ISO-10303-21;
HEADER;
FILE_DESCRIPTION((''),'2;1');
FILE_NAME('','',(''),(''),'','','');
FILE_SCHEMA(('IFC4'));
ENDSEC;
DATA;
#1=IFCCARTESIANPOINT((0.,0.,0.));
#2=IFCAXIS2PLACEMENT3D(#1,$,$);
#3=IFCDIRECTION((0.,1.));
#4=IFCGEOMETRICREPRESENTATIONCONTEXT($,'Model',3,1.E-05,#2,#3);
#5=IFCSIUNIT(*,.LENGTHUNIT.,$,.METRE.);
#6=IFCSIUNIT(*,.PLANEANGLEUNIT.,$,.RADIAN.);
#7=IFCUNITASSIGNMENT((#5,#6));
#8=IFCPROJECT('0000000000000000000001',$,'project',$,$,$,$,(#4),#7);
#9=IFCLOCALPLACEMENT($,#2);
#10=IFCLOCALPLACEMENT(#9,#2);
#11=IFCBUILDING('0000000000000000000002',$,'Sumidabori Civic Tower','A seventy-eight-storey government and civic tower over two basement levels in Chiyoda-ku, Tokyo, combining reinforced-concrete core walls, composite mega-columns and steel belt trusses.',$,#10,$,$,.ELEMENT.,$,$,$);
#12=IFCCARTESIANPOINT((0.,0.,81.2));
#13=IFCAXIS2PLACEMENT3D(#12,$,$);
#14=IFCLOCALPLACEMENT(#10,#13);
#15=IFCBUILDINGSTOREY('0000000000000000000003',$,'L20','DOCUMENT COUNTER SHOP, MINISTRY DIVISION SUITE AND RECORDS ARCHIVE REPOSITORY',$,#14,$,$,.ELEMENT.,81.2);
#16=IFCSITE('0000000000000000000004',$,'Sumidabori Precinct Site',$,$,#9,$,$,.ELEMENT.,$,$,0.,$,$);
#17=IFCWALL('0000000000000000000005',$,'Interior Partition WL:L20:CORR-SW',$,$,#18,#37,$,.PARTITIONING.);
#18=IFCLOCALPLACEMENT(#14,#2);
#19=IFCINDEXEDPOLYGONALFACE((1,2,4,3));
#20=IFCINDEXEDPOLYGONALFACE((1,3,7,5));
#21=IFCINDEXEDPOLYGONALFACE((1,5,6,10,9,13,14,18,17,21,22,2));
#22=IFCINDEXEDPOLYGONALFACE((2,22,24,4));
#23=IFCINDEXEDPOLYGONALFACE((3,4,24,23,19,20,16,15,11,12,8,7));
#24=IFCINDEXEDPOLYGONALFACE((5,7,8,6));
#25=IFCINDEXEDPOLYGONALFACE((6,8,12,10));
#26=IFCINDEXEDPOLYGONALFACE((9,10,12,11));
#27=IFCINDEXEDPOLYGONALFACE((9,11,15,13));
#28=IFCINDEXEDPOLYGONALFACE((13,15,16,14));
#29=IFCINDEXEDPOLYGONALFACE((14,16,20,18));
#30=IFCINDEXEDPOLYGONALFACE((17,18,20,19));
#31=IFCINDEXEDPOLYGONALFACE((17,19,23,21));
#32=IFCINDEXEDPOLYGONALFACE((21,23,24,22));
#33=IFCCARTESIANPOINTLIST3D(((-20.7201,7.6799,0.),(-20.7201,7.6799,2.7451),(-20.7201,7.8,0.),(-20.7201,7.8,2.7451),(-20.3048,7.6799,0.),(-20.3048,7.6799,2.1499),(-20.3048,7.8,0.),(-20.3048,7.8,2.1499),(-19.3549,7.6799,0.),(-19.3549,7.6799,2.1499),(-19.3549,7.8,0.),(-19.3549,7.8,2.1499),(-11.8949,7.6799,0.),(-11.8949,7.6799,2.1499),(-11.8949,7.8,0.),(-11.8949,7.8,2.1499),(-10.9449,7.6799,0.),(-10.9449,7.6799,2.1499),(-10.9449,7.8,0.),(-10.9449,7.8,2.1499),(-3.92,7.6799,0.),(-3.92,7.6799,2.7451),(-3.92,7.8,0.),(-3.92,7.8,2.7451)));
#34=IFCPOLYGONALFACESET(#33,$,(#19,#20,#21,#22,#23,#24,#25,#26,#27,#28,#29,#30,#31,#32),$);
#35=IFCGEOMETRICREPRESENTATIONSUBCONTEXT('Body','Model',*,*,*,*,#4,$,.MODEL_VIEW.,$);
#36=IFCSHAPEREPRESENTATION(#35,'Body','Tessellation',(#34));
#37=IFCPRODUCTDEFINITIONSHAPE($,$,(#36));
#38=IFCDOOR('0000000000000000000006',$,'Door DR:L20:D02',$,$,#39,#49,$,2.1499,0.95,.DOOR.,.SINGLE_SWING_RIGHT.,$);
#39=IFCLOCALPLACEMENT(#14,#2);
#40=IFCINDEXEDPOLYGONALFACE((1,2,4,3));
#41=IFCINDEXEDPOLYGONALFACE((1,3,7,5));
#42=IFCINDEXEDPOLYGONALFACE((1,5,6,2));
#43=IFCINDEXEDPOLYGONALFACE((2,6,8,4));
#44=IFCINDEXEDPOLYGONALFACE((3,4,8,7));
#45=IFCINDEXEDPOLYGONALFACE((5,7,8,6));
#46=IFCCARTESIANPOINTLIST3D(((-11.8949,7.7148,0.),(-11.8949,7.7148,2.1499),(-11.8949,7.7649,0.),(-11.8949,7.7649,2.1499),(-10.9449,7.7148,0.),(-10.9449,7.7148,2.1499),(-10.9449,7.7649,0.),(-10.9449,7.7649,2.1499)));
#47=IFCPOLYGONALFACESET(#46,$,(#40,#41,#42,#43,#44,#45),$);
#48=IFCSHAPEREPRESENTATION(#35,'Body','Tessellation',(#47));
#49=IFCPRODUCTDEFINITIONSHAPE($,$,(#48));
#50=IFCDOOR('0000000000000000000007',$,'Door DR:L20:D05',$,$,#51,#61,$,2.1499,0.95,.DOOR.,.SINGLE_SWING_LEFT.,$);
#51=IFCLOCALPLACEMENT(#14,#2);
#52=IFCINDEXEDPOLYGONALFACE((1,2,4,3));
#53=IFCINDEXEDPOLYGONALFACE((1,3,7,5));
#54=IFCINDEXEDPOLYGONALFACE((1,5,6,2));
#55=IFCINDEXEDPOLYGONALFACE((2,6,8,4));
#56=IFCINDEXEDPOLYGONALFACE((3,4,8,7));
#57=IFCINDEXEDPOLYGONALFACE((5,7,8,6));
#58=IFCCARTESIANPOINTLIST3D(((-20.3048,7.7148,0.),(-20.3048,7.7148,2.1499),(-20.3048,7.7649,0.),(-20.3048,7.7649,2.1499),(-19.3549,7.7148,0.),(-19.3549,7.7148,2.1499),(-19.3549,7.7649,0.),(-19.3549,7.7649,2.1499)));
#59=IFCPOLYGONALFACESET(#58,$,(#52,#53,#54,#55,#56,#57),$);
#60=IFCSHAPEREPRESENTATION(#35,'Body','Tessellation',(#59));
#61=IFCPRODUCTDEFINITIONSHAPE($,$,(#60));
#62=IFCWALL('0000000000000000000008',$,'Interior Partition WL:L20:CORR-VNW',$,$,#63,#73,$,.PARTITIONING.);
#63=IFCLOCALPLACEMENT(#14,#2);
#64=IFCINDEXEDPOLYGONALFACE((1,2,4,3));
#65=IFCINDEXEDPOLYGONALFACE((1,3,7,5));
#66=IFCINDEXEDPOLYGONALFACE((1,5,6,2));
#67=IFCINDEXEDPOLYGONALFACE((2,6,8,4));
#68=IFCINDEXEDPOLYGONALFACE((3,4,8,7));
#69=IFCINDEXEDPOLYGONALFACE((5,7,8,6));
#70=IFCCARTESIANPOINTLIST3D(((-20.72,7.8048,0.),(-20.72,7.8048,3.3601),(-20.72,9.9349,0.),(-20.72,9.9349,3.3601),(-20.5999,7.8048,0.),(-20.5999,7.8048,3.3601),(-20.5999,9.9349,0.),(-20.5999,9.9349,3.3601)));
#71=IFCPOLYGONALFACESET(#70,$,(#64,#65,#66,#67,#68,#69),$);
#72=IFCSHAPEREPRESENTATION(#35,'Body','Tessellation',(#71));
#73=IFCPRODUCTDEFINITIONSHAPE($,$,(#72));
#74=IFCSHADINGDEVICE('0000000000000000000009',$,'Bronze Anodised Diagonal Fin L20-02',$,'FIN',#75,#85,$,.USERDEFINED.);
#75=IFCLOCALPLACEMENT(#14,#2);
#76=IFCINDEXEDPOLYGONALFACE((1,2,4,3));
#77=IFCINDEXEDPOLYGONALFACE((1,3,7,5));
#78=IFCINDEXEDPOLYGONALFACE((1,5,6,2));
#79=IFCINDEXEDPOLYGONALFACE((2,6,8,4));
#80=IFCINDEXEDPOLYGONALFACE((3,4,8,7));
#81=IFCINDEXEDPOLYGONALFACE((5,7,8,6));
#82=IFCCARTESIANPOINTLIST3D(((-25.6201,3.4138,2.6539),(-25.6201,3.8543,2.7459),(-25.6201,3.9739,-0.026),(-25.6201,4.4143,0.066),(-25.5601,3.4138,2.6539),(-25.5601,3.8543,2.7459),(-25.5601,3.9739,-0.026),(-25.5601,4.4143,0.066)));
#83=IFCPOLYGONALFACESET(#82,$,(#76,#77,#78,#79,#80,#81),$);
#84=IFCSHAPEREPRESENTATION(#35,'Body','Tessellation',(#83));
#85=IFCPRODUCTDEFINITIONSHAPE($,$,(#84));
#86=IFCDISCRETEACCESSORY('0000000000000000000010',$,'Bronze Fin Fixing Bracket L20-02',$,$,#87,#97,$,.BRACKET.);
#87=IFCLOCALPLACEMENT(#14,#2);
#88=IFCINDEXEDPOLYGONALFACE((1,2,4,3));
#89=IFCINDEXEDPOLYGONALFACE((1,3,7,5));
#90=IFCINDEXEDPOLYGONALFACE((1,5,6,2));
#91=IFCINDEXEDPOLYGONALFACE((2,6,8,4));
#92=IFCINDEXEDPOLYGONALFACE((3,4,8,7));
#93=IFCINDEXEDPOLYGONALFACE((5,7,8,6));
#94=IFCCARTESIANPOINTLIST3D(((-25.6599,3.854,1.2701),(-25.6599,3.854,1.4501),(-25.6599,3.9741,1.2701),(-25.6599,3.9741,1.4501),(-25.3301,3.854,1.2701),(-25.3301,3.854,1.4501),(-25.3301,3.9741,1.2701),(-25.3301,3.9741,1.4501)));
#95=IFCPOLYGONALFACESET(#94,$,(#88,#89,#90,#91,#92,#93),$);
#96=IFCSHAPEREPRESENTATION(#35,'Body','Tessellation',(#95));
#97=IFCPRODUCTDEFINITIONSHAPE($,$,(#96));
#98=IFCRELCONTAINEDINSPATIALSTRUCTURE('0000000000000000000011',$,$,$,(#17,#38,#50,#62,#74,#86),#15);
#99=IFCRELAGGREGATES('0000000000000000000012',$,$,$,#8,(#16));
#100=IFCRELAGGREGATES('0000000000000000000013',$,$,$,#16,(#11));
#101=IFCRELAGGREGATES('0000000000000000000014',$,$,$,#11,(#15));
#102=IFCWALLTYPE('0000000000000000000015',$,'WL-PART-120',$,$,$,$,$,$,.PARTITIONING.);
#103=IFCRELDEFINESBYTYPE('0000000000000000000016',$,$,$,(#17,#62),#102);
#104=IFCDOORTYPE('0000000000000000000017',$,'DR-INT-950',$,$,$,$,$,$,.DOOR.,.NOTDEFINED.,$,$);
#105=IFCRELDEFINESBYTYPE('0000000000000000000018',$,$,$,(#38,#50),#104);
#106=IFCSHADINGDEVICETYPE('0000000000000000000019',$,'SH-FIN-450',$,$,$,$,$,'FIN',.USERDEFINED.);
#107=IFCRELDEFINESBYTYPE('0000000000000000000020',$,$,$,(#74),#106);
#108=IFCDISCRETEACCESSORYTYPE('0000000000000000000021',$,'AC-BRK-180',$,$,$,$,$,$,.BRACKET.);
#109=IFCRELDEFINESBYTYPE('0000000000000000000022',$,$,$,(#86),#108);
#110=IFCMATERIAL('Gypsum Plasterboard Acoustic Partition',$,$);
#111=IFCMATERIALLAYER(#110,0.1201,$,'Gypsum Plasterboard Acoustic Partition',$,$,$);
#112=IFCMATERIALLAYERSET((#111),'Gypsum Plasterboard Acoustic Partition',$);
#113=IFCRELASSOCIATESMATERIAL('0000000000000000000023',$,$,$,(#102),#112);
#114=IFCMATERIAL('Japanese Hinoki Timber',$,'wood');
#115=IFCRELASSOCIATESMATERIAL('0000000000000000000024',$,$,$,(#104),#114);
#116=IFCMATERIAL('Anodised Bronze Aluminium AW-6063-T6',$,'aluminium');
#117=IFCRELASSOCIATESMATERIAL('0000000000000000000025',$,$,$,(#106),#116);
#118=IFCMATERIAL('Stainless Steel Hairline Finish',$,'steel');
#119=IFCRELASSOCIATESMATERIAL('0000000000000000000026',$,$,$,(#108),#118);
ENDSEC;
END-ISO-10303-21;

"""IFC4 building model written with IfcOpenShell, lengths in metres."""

from ifc_helpers import new_model, si_unit, direction, frame, frame_2d, origin, origin_2d, place, context, subcontext, project, spatial, rectangle, extrude, source, transform, mapped, material, layer, layer_set, material_profile, profile_set, type_object, element, fill, save


model = new_model("IFC4")

# Units and contexts
model_context = context("Model", 3, precision=1e-05, world=origin(), true_north=direction((0.0, 1.0)))
body_context = subcontext(model_context, "Body", "Model", "MODEL_VIEW")
ifc_project = project(units=[si_unit("LENGTHUNIT", "METRE"), si_unit("PLANEANGLEUNIT", "RADIAN")], contexts=[model_context])

# Site, building, storey
site_placement = place(None, origin())
site = spatial("IfcSite", under=ifc_project, at=site_placement, Name="Sumidabori Precinct Site", CompositionType="ELEMENT", RefElevation=0.0)
building_placement = place(site_placement, origin())
building = spatial("IfcBuilding", under=site, at=building_placement, Name="Sumidabori Civic Tower", Description="A seventy-eight-storey government and civic tower over two basement levels in Chiyoda-ku, Tokyo, combining reinforced-concrete core walls, composite mega-columns and steel belt trusses.", CompositionType="ELEMENT")
storey_placement = place(building_placement, frame((0.0, 0.0, 81.2)))
storey = spatial("IfcBuildingStorey", under=building, at=storey_placement, Name="L20", Description="DOCUMENT COUNTER SHOP, MINISTRY DIVISION SUITE AND RECORDS ARCHIVE REPOSITORY", CompositionType="ELEMENT", Elevation=81.2)

# Shared definitions
ifc_material_1 = material(Name="Anodised Bronze Aluminium AW-6063-T6", Category="aluminium")

# Shared definitions
ifc_material_2 = material(Name="Gypsum Plasterboard Acoustic Partition")
ifc_layer_1 = layer(ifc_material_2, 0.1201, Name="Gypsum Plasterboard Acoustic Partition")
ifc_layer_set_1 = layer_set([ifc_layer_1], Name="Gypsum Plasterboard Acoustic Partition")
wall_type = type_object("IfcWallType", Name="WL-PART-120", PredefinedType="PARTITIONING", material=ifc_layer_set_1)

# Shared definitions
ifc_material_3 = material(Name="Japanese Hinoki Timber", Category="wood")

# Wall, openings, doors
shared_shape_1 = source(origin(), body_context, "Body", "SweptSolid", [
    extrude(rectangle(XDim=16.8, YDim=0.1201, at=frame_2d((8.3999, 0.0))), origin(), (0.0, 0.0, 1.0), 2.7451),
])
wall_1_placement = place(storey_placement, frame((-20.72, 7.74, 0.0), z_axis=(0.0, 0.0, 1.0), x_axis=(1.0, 0.0, 0.0)))
wall_1 = element("IfcWall", 1, at=wall_1_placement, inside=storey, type_object=wall_type, Name="Interior Partition WL:L20:CORR-SW", PredefinedType="PARTITIONING", context=body_context, shape_type="MappedRepresentation", body=[
    mapped(shared_shape_1, transform((0.0, 0.0, 0.0), x_axis=(1.0, 0.0, 0.0), y_axis=(0.0, 1.0, 0.0), z_axis=(0.0, 0.0, 1.0), scale=1.0)),
])
opening_1_placement = place(wall_1_placement, frame((8.825, 0.0, 0.0)))
opening_1 = element("IfcOpeningElement", 2, at=opening_1_placement, cuts=wall_1, PredefinedType="OPENING", context=body_context, shape_type="SweptSolid", body=[
    extrude(rectangle(XDim=0.95, YDim=2.1499, at=frame_2d((0.4751, 1.075))), frame((0.0, 0.072, 0.0), z_axis=(0.0, -1.0, 0.0), x_axis=(1.0, 0.0, 0.0)), (0.0, 0.0, 1.0), 0.144),
])
opening_2_placement = place(wall_1_placement, frame((0.415, 0.0, 0.0)))
opening_2 = element("IfcOpeningElement", 3, at=opening_2_placement, cuts=wall_1, PredefinedType="OPENING", context=body_context, shape_type="SweptSolid", body=[
    extrude(rectangle(XDim=0.95, YDim=2.1499, at=frame_2d((0.4751, 1.075))), frame((0.0, 0.072, 0.0), z_axis=(0.0, -1.0, 0.0), x_axis=(1.0, 0.0, 0.0)), (0.0, 0.0, 1.0), 0.144),
])
door_type_1 = type_object("IfcDoorType", Name="DR-INT-950", OperationType="NOTDEFINED", PredefinedType="DOOR", material=ifc_material_3)
shared_shape_2 = source(origin(), body_context, "Body", "SweptSolid", [
    extrude(rectangle(XDim=0.95, YDim=2.1499, at=frame_2d((0.4751, 1.075))), frame((0.0, 0.0249, 0.0), z_axis=(0.0, -1.0, 0.0), x_axis=(1.0, 0.0, 0.0)), (0.0, 0.0, 1.0), 0.05),
])
door_1_placement = place(opening_1_placement, origin())
door_1 = element("IfcDoor", 4, at=door_1_placement, inside=storey, type_object=door_type_1, Name="Door DR:L20:D02", OperationType="SINGLE_SWING_RIGHT", OverallHeight=2.1499, OverallWidth=0.95, PredefinedType="DOOR", context=body_context, shape_type="MappedRepresentation", body=[
    mapped(shared_shape_2, transform((0.0, 0.0, 0.0), x_axis=(1.0, 0.0, 0.0), y_axis=(0.0, 1.0, 0.0), z_axis=(0.0, 0.0, 1.0), scale=1.0)),
])
fill(opening_1, door_1)
door_2_placement = place(opening_2_placement, origin())
door_2 = element("IfcDoor", 5, at=door_2_placement, inside=storey, type_object=door_type_1, Name="Door DR:L20:D05", OperationType="SINGLE_SWING_LEFT", OverallHeight=2.1499, OverallWidth=0.95, PredefinedType="DOOR", context=body_context, shape_type="MappedRepresentation", body=[
    mapped(shared_shape_2, transform((0.0, 0.0, 0.0), x_axis=(1.0, 0.0, 0.0), y_axis=(0.0, 1.0, 0.0), z_axis=(0.0, 0.0, 1.0), scale=1.0)),
])
fill(opening_2, door_2)

# Wall
shared_shape_3 = source(origin(), body_context, "Body", "SweptSolid", [
    extrude(rectangle(XDim=2.1301, YDim=0.1201, at=frame_2d((1.0649, 0.0))), origin(), (0.0, 0.0, 1.0), 3.3601),
])
wall_2_placement = place(storey_placement, frame((-20.6599, 7.8049, 0.0), z_axis=(0.0, 0.0, 1.0), x_axis=(0.0, 1.0, 0.0)))
element("IfcWall", 6, at=wall_2_placement, inside=storey, type_object=wall_type, Name="Interior Partition WL:L20:CORR-VNW", PredefinedType="PARTITIONING", context=body_context, shape_type="MappedRepresentation", body=[
    mapped(shared_shape_3, transform((0.0, 0.0, 0.0), x_axis=(1.0, 0.0, 0.0), y_axis=(0.0, 1.0, 0.0), z_axis=(0.0, 0.0, 1.0), scale=1.0)),
])

# Shading device
ifc_material_profile_1 = material_profile(ifc_material_1, rectangle(XDim=0.0601, YDim=0.45, at=origin_2d()), Name="BRONZE FIN 450x60")
ifc_profile_set_1 = profile_set([ifc_material_profile_1], Name="Anodised Bronze Aluminium AW-6063-T6")
shading_device_type = type_object("IfcShadingDeviceType", Name="SH-FIN-450", ElementType="FIN", PredefinedType="USERDEFINED", material=ifc_profile_set_1)
shared_shape_4 = source(origin(), body_context, "Body", "SweptSolid", [
    extrude(rectangle(XDim=0.0601, YDim=0.45, at=origin_2d()), origin(), (0.0, 0.0, 1.0), 2.7378),
])
shading_device_placement = place(storey_placement, frame((-25.5901, 4.1941, 0.02), z_axis=(0.0, -0.204563, 0.978853), x_axis=(-1.0, 0.0, 0.0)))
element("IfcShadingDevice", 7, at=shading_device_placement, inside=storey, type_object=shading_device_type, Name="Bronze Anodised Diagonal Fin L20-02", ObjectType="FIN", PredefinedType="USERDEFINED", context=body_context, shape_type="MappedRepresentation", body=[
    mapped(shared_shape_4, transform((0.0, 0.0, 0.0), x_axis=(1.0, 0.0, 0.0), y_axis=(0.0, 1.0, 0.0), z_axis=(0.0, 0.0, 1.0), scale=1.0)),
])

# Discrete accessory
ifc_material_4 = material(Name="Stainless Steel Hairline Finish", Category="steel")
ifc_material_profile_2 = material_profile(ifc_material_4, rectangle(XDim=0.1201, YDim=0.1799, at=origin_2d()), Name="STEEL BRACKET 180x120")
ifc_profile_set_2 = profile_set([ifc_material_profile_2], Name="Stainless Steel Hairline Finish")
discrete_accessory_type = type_object("IfcDiscreteAccessoryType", Name="AC-BRK-180", PredefinedType="BRACKET", material=ifc_profile_set_2)
shared_shape_5 = source(origin(), body_context, "Body", "SweptSolid", [
    extrude(rectangle(XDim=0.1201, YDim=0.1799, at=origin_2d()), origin(), (0.0, 0.0, 1.0), 0.3298),
])
discrete_accessory_placement = place(storey_placement, frame((-25.3301, 3.9141, 1.3601), z_axis=(-1.0, 0.0, 0.0), x_axis=(0.0, -1.0, 0.0)))
element("IfcDiscreteAccessory", 8, at=discrete_accessory_placement, inside=storey, type_object=discrete_accessory_type, Name="Bronze Fin Fixing Bracket L20-02", PredefinedType="BRACKET", context=body_context, shape_type="MappedRepresentation", body=[
    mapped(shared_shape_5, transform((0.0, 0.0, 0.0), x_axis=(1.0, 0.0, 0.0), y_axis=(0.0, 1.0, 0.0), z_axis=(0.0, 0.0, 1.0), scale=1.0)),
])

save(model, "model.ifc")
